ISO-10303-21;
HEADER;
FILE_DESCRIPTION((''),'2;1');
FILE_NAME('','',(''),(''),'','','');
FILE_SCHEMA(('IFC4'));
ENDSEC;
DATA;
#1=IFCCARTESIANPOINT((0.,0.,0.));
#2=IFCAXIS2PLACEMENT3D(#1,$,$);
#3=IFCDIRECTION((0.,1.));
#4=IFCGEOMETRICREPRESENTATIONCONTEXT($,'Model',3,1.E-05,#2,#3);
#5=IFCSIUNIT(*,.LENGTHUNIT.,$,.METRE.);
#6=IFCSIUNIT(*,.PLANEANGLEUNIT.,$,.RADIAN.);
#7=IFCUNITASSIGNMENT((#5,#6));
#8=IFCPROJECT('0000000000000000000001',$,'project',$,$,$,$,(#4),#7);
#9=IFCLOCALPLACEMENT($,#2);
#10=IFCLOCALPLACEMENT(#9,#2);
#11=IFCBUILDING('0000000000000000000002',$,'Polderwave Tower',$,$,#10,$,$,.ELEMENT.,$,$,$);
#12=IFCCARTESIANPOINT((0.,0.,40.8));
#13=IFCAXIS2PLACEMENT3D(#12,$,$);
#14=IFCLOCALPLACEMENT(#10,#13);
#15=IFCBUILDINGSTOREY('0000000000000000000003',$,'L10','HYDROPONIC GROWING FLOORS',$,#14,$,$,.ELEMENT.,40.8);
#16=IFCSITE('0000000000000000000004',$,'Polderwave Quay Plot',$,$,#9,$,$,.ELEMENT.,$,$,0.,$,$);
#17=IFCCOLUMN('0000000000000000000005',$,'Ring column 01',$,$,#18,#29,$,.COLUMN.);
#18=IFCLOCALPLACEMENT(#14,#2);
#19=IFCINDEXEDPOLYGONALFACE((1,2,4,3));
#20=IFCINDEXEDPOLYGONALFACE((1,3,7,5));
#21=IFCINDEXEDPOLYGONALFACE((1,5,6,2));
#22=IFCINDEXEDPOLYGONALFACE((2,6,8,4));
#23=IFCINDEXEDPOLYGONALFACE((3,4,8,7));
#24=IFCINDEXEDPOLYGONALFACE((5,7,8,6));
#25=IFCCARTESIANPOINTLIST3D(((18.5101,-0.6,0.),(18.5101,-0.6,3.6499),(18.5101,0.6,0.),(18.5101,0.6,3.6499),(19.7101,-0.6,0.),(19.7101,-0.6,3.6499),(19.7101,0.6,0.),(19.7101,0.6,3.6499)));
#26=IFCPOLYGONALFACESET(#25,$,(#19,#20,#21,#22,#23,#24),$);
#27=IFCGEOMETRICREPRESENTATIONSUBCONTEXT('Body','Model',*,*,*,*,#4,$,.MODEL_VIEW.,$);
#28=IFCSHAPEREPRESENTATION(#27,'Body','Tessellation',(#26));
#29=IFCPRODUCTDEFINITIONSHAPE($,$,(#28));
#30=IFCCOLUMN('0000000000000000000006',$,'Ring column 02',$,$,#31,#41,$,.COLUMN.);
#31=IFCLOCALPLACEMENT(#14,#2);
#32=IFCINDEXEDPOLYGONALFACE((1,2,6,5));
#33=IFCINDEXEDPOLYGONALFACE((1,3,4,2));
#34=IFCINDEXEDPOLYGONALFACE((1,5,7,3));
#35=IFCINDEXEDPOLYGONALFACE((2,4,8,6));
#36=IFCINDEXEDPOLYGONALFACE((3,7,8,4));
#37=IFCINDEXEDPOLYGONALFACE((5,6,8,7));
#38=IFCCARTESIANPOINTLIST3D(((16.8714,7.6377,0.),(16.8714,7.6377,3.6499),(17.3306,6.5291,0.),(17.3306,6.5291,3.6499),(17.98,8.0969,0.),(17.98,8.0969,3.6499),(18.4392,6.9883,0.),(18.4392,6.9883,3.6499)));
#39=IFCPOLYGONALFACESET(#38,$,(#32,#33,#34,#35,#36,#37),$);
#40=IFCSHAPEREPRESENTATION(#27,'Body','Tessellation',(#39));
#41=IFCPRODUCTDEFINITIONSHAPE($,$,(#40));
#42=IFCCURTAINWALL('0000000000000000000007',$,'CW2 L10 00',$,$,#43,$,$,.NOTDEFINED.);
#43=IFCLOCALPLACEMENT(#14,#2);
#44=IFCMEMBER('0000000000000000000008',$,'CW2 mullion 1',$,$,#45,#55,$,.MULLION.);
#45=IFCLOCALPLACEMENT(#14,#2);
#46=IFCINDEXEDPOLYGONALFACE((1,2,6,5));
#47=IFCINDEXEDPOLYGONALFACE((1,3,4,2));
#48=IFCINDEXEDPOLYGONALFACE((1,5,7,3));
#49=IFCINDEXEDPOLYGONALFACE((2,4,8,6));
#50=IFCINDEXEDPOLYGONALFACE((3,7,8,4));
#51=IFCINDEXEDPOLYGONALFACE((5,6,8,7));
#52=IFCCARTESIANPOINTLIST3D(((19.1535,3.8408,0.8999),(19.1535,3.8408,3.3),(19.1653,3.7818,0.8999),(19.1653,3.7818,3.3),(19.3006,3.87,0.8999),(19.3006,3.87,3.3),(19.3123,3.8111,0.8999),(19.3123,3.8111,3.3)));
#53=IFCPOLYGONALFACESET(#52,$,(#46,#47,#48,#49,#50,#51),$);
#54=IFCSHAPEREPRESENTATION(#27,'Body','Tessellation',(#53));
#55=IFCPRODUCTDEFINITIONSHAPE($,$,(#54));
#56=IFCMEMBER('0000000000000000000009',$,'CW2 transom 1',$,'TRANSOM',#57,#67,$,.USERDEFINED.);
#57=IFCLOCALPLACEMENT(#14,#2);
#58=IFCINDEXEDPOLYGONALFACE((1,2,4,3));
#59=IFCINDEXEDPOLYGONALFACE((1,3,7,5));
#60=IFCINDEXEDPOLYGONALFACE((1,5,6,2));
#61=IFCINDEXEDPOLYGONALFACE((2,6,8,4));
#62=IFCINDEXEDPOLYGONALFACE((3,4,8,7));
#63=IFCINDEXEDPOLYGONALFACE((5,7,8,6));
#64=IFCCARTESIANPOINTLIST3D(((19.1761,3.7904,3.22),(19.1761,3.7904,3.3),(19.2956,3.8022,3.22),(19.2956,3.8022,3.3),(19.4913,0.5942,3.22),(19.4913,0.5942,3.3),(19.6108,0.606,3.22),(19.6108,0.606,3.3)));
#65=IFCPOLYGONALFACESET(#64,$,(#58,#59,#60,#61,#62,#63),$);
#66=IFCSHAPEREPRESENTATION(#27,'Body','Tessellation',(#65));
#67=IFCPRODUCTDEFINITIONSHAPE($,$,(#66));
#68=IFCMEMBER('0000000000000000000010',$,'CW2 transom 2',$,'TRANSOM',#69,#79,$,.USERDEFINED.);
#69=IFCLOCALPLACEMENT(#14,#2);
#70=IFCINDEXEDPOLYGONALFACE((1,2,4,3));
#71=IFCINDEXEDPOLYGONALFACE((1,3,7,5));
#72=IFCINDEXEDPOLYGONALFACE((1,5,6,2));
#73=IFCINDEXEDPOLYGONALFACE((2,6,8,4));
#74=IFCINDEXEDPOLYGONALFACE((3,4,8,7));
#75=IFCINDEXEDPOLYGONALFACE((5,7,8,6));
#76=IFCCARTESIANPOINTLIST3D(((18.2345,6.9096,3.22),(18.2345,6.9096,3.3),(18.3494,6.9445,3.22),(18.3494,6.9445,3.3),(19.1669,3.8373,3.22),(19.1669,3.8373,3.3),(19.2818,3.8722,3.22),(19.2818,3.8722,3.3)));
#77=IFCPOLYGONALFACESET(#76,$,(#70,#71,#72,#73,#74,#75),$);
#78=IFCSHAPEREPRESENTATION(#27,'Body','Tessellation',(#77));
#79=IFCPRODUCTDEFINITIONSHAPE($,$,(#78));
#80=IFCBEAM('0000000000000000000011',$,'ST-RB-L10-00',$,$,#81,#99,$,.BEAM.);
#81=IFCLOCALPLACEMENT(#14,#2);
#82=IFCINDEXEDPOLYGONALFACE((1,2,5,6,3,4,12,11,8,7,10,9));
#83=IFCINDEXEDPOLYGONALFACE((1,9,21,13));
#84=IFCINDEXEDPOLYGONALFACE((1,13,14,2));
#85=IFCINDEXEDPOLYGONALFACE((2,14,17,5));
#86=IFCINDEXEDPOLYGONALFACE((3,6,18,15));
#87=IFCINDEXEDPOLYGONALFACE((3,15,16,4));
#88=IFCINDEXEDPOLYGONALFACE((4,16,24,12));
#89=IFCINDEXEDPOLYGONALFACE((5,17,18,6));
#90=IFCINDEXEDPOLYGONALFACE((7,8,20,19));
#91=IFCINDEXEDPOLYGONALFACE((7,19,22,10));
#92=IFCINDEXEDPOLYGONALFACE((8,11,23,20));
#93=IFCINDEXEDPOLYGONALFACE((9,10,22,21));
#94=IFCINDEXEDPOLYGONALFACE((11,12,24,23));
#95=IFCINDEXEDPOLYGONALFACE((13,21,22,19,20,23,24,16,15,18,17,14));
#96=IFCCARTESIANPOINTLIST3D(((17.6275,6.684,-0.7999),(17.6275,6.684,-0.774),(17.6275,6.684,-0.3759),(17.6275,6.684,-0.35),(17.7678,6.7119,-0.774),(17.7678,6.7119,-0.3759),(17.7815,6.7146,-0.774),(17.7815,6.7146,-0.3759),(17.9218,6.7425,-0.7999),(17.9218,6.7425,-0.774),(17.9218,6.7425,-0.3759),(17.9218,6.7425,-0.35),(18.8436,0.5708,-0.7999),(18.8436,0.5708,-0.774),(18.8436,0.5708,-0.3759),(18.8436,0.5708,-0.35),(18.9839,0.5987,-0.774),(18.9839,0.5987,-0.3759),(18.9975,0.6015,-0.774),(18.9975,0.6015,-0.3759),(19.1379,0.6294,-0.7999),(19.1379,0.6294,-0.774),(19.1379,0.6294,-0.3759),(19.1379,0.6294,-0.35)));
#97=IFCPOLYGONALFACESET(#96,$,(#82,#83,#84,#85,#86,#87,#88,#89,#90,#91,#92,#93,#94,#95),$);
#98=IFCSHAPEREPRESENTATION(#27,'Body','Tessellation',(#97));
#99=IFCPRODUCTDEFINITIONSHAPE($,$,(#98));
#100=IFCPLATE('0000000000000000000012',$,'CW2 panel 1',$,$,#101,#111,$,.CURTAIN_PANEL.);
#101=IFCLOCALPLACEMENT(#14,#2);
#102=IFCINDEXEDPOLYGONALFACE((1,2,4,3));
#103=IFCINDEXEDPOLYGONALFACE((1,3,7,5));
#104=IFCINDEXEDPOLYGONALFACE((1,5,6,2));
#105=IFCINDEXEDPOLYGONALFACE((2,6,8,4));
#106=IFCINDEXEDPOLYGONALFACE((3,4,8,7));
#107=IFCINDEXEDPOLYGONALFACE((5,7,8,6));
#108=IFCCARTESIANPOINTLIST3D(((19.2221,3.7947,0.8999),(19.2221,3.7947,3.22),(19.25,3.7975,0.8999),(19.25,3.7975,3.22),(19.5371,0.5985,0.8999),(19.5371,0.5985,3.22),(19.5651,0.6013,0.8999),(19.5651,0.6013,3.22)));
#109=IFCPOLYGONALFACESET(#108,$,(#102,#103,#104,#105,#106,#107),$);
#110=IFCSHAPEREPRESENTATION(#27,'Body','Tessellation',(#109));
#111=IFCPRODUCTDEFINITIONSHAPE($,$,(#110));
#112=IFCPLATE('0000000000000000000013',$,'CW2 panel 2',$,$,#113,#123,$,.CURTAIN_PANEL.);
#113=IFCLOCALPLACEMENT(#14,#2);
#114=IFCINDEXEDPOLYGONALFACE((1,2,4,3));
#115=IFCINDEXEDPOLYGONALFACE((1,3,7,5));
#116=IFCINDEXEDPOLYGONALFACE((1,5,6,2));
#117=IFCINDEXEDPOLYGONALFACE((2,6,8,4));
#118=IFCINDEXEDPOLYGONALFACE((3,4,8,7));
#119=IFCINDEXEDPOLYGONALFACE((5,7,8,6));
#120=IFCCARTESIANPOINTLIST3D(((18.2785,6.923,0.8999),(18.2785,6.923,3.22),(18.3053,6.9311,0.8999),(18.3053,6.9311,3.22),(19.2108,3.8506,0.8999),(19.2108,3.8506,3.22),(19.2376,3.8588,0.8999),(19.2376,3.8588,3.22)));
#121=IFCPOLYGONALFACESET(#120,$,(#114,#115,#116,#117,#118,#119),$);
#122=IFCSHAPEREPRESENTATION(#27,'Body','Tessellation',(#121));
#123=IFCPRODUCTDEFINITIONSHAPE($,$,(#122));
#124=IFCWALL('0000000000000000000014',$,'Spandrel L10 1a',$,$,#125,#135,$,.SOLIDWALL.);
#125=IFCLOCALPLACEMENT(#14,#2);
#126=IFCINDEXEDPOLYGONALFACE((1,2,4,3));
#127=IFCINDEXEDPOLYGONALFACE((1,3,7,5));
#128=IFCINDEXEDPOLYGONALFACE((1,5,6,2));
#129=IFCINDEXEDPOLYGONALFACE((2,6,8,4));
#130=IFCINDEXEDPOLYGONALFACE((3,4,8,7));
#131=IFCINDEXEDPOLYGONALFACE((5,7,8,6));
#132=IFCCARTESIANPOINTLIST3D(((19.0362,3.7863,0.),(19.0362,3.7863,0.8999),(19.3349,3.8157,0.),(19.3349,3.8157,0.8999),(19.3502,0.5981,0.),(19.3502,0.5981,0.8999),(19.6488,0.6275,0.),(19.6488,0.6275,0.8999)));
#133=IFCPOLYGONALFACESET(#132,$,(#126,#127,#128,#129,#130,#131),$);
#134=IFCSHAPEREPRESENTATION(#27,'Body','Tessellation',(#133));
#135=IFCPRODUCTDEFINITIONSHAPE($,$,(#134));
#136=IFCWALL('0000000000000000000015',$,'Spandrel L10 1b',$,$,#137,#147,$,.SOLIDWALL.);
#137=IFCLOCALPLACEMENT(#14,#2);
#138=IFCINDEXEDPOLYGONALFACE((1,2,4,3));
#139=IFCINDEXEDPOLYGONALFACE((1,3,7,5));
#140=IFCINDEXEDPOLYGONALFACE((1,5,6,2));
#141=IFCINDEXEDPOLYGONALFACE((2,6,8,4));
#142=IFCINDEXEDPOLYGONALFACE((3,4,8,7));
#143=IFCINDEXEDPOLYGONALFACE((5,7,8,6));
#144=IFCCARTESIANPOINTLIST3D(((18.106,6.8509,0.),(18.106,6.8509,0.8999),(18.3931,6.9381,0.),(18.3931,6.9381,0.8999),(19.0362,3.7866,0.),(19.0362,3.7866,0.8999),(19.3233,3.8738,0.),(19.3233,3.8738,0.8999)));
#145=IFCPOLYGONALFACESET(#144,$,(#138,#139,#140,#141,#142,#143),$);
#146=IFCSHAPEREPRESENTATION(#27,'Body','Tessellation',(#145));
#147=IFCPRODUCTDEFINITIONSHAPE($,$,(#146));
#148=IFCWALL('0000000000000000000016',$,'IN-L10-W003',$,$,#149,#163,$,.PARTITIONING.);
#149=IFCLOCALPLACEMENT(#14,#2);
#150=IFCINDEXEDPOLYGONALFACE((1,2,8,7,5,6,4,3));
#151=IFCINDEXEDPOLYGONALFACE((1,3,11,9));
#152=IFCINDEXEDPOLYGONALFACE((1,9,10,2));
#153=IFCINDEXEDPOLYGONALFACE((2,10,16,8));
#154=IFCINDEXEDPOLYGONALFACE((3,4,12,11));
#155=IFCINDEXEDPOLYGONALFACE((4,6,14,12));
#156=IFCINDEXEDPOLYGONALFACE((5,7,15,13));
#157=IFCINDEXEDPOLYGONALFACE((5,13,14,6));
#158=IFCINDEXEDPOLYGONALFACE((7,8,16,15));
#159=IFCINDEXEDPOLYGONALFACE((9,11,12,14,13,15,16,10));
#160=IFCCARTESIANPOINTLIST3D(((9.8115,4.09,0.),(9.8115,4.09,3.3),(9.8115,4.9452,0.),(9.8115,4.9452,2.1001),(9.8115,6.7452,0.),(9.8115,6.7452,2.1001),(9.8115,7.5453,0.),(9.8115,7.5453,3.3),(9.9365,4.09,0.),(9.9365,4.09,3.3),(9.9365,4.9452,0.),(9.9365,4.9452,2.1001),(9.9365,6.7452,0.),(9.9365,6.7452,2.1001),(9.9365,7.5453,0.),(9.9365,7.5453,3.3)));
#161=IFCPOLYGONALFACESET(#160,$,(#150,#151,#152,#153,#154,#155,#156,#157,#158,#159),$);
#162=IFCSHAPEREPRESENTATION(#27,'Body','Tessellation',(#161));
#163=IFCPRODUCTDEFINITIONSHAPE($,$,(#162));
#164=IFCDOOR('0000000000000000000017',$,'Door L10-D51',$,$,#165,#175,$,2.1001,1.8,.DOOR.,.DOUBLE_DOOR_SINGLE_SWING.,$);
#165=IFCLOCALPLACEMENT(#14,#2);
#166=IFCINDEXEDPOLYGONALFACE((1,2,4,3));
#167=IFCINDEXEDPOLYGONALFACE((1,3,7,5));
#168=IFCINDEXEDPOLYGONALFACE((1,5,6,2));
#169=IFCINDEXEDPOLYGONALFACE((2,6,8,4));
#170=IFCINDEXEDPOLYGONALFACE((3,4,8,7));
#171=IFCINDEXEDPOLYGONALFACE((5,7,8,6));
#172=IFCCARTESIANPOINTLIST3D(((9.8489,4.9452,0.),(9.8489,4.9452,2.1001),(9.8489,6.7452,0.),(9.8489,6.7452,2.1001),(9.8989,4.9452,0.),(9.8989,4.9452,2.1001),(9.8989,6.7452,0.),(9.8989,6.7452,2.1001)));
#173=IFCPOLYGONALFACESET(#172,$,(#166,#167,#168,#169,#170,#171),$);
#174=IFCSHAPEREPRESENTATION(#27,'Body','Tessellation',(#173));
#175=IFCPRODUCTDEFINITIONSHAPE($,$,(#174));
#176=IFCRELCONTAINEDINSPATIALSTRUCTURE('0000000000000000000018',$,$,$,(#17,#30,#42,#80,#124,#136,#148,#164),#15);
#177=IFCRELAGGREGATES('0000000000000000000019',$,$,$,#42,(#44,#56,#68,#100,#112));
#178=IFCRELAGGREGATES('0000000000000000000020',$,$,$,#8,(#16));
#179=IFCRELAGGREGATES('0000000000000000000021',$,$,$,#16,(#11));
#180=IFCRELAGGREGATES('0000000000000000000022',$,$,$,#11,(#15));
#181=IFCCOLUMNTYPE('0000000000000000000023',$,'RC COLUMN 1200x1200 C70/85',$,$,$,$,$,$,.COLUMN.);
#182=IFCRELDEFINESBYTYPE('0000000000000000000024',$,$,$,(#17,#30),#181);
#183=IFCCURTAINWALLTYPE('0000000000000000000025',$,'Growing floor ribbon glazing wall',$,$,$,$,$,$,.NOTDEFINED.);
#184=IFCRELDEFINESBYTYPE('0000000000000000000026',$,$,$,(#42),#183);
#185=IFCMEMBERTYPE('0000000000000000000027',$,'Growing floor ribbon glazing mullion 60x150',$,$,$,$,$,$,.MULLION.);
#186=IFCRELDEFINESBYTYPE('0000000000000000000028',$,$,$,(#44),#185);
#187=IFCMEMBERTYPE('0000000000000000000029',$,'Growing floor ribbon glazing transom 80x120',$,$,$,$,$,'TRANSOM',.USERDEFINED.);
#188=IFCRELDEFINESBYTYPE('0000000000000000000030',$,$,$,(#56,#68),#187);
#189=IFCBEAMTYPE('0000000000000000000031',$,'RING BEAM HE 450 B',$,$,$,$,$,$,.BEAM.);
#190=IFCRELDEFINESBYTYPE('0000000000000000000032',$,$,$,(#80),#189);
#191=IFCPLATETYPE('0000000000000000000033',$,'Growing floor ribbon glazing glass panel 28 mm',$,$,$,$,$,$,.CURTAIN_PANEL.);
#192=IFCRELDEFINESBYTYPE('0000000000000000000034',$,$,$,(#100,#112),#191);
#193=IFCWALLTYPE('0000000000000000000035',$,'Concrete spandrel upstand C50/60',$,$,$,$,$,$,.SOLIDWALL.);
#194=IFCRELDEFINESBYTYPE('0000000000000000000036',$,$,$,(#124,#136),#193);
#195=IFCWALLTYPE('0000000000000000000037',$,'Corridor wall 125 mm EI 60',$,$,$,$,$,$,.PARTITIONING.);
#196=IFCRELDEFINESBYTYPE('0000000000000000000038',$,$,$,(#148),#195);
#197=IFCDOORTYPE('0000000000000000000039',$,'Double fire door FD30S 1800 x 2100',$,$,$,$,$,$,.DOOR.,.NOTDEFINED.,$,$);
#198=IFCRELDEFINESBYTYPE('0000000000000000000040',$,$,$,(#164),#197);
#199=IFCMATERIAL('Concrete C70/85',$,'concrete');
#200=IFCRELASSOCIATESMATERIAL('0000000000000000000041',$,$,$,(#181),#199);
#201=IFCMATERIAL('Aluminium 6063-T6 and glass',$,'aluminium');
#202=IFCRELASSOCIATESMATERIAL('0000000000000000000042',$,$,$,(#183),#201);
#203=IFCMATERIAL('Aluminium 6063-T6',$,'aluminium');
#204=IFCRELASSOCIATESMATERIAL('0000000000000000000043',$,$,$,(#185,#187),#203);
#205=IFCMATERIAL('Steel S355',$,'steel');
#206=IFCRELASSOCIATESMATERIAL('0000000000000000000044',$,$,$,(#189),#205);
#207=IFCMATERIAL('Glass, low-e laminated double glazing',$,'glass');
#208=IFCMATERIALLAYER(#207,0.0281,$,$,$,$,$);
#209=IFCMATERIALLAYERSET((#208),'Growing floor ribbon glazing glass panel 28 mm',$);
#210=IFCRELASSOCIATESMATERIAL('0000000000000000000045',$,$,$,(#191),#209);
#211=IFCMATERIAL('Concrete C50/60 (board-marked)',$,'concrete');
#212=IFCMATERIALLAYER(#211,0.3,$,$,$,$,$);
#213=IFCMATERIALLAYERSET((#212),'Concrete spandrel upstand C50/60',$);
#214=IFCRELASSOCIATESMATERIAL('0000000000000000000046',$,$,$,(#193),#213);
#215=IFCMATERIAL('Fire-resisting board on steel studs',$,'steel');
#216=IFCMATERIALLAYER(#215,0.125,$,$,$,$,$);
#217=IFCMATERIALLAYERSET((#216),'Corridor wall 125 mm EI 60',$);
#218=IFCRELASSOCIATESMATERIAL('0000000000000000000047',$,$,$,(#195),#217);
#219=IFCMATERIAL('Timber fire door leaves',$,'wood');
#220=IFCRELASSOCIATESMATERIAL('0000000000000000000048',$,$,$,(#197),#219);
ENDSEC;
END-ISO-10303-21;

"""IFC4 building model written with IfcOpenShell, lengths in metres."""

from ifc_helpers import new_model, si_unit, direction, frame, frame_2d, origin, origin_2d, place, context, subcontext, project, spatial, rectangle, i_section, extrude, material, layer, layer_set, material_profile, profile_set, type_object, element, fill, aggregate, save


model = new_model("IFC4")

# Units and contexts
model_context = context("Model", 3, precision=1e-05, world=origin(), true_north=direction((0.0, 1.0)))
body_context = subcontext(model_context, "Body", "Model", "MODEL_VIEW")
ifc_project = project(units=[si_unit("LENGTHUNIT", "METRE"), si_unit("PLANEANGLEUNIT", "RADIAN")], contexts=[model_context])

# Site, building, storey
site_placement = place(None, origin())
site = spatial("IfcSite", under=ifc_project, at=site_placement, Name="Polderwave Quay Plot", CompositionType="ELEMENT", RefElevation=0.0)
building_placement = place(site_placement, origin())
building = spatial("IfcBuilding", under=site, at=building_placement, Name="Polderwave Tower", CompositionType="ELEMENT")
storey_placement = place(building_placement, frame((0.0, 0.0, 40.8)))
storey = spatial("IfcBuildingStorey", under=building, at=storey_placement, Name="L10", Description="HYDROPONIC GROWING FLOORS", CompositionType="ELEMENT", Elevation=40.8)

# Columns
ifc_material_1 = material(Name="Concrete C70/85", Category="concrete")
ifc_material_profile_1 = material_profile(ifc_material_1, rectangle(XDim=1.2, YDim=1.2, at=origin_2d()), Name="RC 1200x1200")
ifc_profile_set_1 = profile_set([ifc_material_profile_1], Name="Concrete C70/85")
column_type = type_object("IfcColumnType", Name="RC COLUMN 1200x1200 C70/85", PredefinedType="COLUMN", material=ifc_profile_set_1)
for number, where, z_axis, x_axis, name in (
    (1, (19.1101, 0.0, 0.0), (0.0, 0.0, 1.0), (1.0, 0.0, 0.0), "Ring column 01"),
    (2, (17.6553, 7.313, 0.0), (0.0, 0.0, 1.0), (0.92388, 0.382683, 0.0), "Ring column 02"),
):
    element("IfcColumn", number, at=place(storey_placement, frame(where, z_axis=z_axis, x_axis=x_axis)), inside=storey, type_object=column_type, Name=name, PredefinedType="COLUMN", context=body_context, shape_type="SweptSolid", body=[
        extrude(rectangle(XDim=1.2, YDim=1.2, at=origin_2d()), origin(), (0.0, 0.0, 1.0), 3.6499),
    ])

# Curtain wall, members
ifc_material_2 = material(Name="Aluminium 6063-T6 and glass", Category="aluminium")
curtain_wall_type = type_object("IfcCurtainWallType", Name="Growing floor ribbon glazing wall", PredefinedType="NOTDEFINED", material=ifc_material_2)
curtain_wall_placement = place(storey_placement, origin())
curtain_wall = element("IfcCurtainWall", 3, at=curtain_wall_placement, inside=storey, type_object=curtain_wall_type, Name="CW2 L10 00", PredefinedType="NOTDEFINED")
ifc_material_3 = material(Name="Aluminium 6063-T6", Category="aluminium")
ifc_material_profile_2 = material_profile(ifc_material_3, rectangle(XDim=0.1499, YDim=0.0601, at=origin_2d()), Name="AL 60x150")
ifc_profile_set_2 = profile_set([ifc_material_profile_2], Name="Aluminium 6063-T6")
member_type_1 = type_object("IfcMemberType", Name="Growing floor ribbon glazing mullion 60x150", PredefinedType="MULLION", material=ifc_profile_set_2)
member_1_placement = place(storey_placement, frame((19.2329, 3.8259, 0.8999), z_axis=(0.0, 0.0, 1.0), x_axis=(-0.980768, -0.195178, 0.0)))
member_1 = element("IfcMember", 4, at=member_1_placement, type_object=member_type_1, Name="CW2 mullion 1", PredefinedType="MULLION", context=body_context, shape_type="SweptSolid", body=[
    extrude(rectangle(XDim=0.1499, YDim=0.0601, at=origin_2d()), origin(), (0.0, 0.0, 1.0), 2.4001),
])
ifc_material_profile_3 = material_profile(ifc_material_3, rectangle(XDim=0.1201, YDim=0.0801, at=origin_2d()), Name="AL 80x120")
ifc_profile_set_3 = profile_set([ifc_material_profile_3], Name="Aluminium 6063-T6")
member_type_2 = type_object("IfcMemberType", Name="Growing floor ribbon glazing transom 80x120", ElementType="TRANSOM", PredefinedType="USERDEFINED", material=ifc_profile_set_3)
member_2_placement = place(storey_placement, frame((19.551, 0.6001, 3.26), z_axis=(-0.098141, 0.995172, 0.0), x_axis=(-0.995172, -0.098141, 0.0)))
member_2 = element("IfcMember", 5, at=member_2_placement, type_object=member_type_2, Name="CW2 transom 1", ObjectType="TRANSOM", PredefinedType="USERDEFINED", context=body_context, shape_type="SweptSolid", body=[
    extrude(rectangle(XDim=0.1201, YDim=0.0801, at=origin_2d()), origin(), (0.0, 0.0, 1.0), 3.2117),
])
member_3_placement = place(storey_placement, frame((19.2244, 3.8547, 3.26), z_axis=(-0.290402, 0.956905, 0.0), x_axis=(-0.956905, -0.290402, 0.0)))
member_3 = element("IfcMember", 6, at=member_3_placement, type_object=member_type_2, Name="CW2 transom 2", ObjectType="TRANSOM", PredefinedType="USERDEFINED", context=body_context, shape_type="SweptSolid", body=[
    extrude(rectangle(XDim=0.1201, YDim=0.0801, at=origin_2d()), origin(), (0.0, 0.0, 1.0), 3.2107),
])

# Beam
ifc_material_4 = material(Name="Steel S355", Category="steel")
ifc_material_profile_4 = material_profile(ifc_material_4, i_section(OverallWidth=0.3, OverallDepth=0.45, WebThickness=0.0139, FlangeThickness=0.0259, at=origin_2d()), Name="HE 450 B")
ifc_profile_set_4 = profile_set([ifc_material_profile_4], Name="Steel S355")
beam_type = type_object("IfcBeamType", Name="RING BEAM HE 450 B", PredefinedType="BEAM", material=ifc_profile_set_4)
beam_placement = place(storey_placement, frame((18.9907, 0.6001, -0.575), z_axis=(-0.195107, 0.980782, 0.0), x_axis=(-0.980782, -0.195107, 0.0)))
element("IfcBeam", 7, at=beam_placement, inside=storey, type_object=beam_type, Name="ST-RB-L10-00", PredefinedType="BEAM", context=body_context, shape_type="SweptSolid", body=[
    extrude(i_section(OverallWidth=0.3, OverallDepth=0.45, WebThickness=0.0139, FlangeThickness=0.0259, at=origin_2d()), origin(), (0.0, 0.0, 1.0), 6.2329),
])

# Plates
ifc_material_5 = material(Name="Glass, low-e laminated double glazing", Category="glass")
ifc_layer_1 = layer(ifc_material_5, 0.0281)
ifc_layer_set_1 = layer_set([ifc_layer_1], Name="Growing floor ribbon glazing glass panel 28 mm")
plate_type = type_object("IfcPlateType", Name="Growing floor ribbon glazing glass panel 28 mm", PredefinedType="CURTAIN_PANEL", material=ifc_layer_set_1)
plate_1_placement = place(storey_placement, frame((19.3936, 2.198, 0.8999), z_axis=(0.0, 0.0, 1.0), x_axis=(-0.098099, 0.995177, 0.0)))
plate_1 = element("IfcPlate", 8, at=plate_1_placement, type_object=plate_type, Name="CW2 panel 1", PredefinedType="CURTAIN_PANEL", context=body_context, shape_type="SweptSolid", body=[
    extrude(rectangle(XDim=3.2117, YDim=0.0281, at=origin_2d()), origin(), (0.0, 0.0, 1.0), 2.3201),
])
plate_2_placement = place(storey_placement, frame((18.7581, 5.3909, 0.8999), z_axis=(0.0, 0.0, 1.0), x_axis=(-0.290375, 0.956913, 0.0)))
plate_2 = element("IfcPlate", 9, at=plate_2_placement, type_object=plate_type, Name="CW2 panel 2", PredefinedType="CURTAIN_PANEL", context=body_context, shape_type="SweptSolid", body=[
    extrude(rectangle(XDim=3.2107, YDim=0.0281, at=origin_2d()), origin(), (0.0, 0.0, 1.0), 2.3201),
])
aggregate(curtain_wall, [member_1, member_2, member_3, plate_1, plate_2])

# Walls
ifc_material_6 = material(Name="Concrete C50/60 (board-marked)", Category="concrete")
ifc_layer_2 = layer(ifc_material_6, 0.3)
ifc_layer_set_2 = layer_set([ifc_layer_2], Name="Concrete spandrel upstand C50/60")
wall_type_1 = type_object("IfcWallType", Name="Concrete spandrel upstand C50/60", PredefinedType="SOLIDWALL", material=ifc_layer_set_2)
wall_1_placement = place(storey_placement, frame((19.4995, 0.6128, 0.0), z_axis=(0.0, 0.0, 1.0), x_axis=(-0.098002, 0.995186, 0.0)))
element("IfcWall", 10, at=wall_1_placement, inside=storey, type_object=wall_type_1, Name="Spandrel L10 1a", PredefinedType="SOLIDWALL", context=body_context, shape_type="SweptSolid", body=[
    extrude(rectangle(XDim=3.2036, YDim=0.3, at=frame_2d((1.6018, 0.0))), origin(), (0.0, 0.0, 1.0), 0.8999),
])
wall_2_placement = place(storey_placement, frame((19.1797, 3.8303, 0.0), z_axis=(0.0, 0.0, 1.0), x_axis=(-0.290473, 0.956883, 0.0)))
element("IfcWall", 11, at=wall_2_placement, inside=storey, type_object=wall_type_1, Name="Spandrel L10 1b", PredefinedType="SOLIDWALL", context=body_context, shape_type="SweptSolid", body=[
    extrude(rectangle(XDim=3.2024, YDim=0.3, at=frame_2d((1.6011, 0.0))), origin(), (0.0, 0.0, 1.0), 0.8999),
])

# Wall, opening, door
ifc_material_7 = material(Name="Fire-resisting board on steel studs", Category="steel")
ifc_layer_3 = layer(ifc_material_7, 0.125)
ifc_layer_set_3 = layer_set([ifc_layer_3], Name="Corridor wall 125 mm EI 60")
wall_type_2 = type_object("IfcWallType", Name="Corridor wall 125 mm EI 60", PredefinedType="PARTITIONING", material=ifc_layer_set_3)
wall_3_placement = place(storey_placement, frame((9.874, 7.5452, 0.0), z_axis=(0.0, 0.0, 1.0), x_axis=(0.0, -1.0, 0.0)))
wall_3 = element("IfcWall", 12, at=wall_3_placement, inside=storey, type_object=wall_type_2, Name="IN-L10-W003", PredefinedType="PARTITIONING", context=body_context, shape_type="SweptSolid", body=[
    extrude(rectangle(XDim=3.4553, YDim=0.125, at=frame_2d((1.7275, 0.0))), origin(), (0.0, 0.0, 1.0), 3.3),
])
opening_1_placement = place(wall_3_placement, frame((0.8, 0.0, 0.0)))
opening_1 = element("IfcOpeningElement", 13, at=opening_1_placement, cuts=wall_3, PredefinedType="OPENING", context=body_context, shape_type="SweptSolid", body=[
    extrude(rectangle(XDim=1.8, YDim=2.1001, at=frame_2d((0.8999, 1.05))), frame((0.0, 0.0725, 0.0), z_axis=(0.0, -1.0, 0.0), x_axis=(1.0, 0.0, 0.0)), (0.0, 0.0, 1.0), 0.145),
])
ifc_material_8 = material(Name="Timber fire door leaves", Category="wood")
door_type_1 = type_object("IfcDoorType", Name="Double fire door FD30S 1800 x 2100", OperationType="NOTDEFINED", PredefinedType="DOOR", material=ifc_material_8)
door_1_placement = place(opening_1_placement, origin())
door_1 = element("IfcDoor", 14, at=door_1_placement, inside=storey, type_object=door_type_1, Name="Door L10-D51", OperationType="DOUBLE_DOOR_SINGLE_SWING", OverallHeight=2.1001, OverallWidth=1.8, PredefinedType="DOOR", context=body_context, shape_type="SweptSolid", body=[
    extrude(rectangle(XDim=1.8, YDim=2.1001, at=frame_2d((0.8999, 1.05))), frame((0.0, 0.0249, 0.0), z_axis=(0.0, -1.0, 0.0), x_axis=(1.0, 0.0, 0.0)), (0.0, 0.0, 1.0), 0.05),
])
fill(opening_1, door_1)

save(model, "model.ifc")
